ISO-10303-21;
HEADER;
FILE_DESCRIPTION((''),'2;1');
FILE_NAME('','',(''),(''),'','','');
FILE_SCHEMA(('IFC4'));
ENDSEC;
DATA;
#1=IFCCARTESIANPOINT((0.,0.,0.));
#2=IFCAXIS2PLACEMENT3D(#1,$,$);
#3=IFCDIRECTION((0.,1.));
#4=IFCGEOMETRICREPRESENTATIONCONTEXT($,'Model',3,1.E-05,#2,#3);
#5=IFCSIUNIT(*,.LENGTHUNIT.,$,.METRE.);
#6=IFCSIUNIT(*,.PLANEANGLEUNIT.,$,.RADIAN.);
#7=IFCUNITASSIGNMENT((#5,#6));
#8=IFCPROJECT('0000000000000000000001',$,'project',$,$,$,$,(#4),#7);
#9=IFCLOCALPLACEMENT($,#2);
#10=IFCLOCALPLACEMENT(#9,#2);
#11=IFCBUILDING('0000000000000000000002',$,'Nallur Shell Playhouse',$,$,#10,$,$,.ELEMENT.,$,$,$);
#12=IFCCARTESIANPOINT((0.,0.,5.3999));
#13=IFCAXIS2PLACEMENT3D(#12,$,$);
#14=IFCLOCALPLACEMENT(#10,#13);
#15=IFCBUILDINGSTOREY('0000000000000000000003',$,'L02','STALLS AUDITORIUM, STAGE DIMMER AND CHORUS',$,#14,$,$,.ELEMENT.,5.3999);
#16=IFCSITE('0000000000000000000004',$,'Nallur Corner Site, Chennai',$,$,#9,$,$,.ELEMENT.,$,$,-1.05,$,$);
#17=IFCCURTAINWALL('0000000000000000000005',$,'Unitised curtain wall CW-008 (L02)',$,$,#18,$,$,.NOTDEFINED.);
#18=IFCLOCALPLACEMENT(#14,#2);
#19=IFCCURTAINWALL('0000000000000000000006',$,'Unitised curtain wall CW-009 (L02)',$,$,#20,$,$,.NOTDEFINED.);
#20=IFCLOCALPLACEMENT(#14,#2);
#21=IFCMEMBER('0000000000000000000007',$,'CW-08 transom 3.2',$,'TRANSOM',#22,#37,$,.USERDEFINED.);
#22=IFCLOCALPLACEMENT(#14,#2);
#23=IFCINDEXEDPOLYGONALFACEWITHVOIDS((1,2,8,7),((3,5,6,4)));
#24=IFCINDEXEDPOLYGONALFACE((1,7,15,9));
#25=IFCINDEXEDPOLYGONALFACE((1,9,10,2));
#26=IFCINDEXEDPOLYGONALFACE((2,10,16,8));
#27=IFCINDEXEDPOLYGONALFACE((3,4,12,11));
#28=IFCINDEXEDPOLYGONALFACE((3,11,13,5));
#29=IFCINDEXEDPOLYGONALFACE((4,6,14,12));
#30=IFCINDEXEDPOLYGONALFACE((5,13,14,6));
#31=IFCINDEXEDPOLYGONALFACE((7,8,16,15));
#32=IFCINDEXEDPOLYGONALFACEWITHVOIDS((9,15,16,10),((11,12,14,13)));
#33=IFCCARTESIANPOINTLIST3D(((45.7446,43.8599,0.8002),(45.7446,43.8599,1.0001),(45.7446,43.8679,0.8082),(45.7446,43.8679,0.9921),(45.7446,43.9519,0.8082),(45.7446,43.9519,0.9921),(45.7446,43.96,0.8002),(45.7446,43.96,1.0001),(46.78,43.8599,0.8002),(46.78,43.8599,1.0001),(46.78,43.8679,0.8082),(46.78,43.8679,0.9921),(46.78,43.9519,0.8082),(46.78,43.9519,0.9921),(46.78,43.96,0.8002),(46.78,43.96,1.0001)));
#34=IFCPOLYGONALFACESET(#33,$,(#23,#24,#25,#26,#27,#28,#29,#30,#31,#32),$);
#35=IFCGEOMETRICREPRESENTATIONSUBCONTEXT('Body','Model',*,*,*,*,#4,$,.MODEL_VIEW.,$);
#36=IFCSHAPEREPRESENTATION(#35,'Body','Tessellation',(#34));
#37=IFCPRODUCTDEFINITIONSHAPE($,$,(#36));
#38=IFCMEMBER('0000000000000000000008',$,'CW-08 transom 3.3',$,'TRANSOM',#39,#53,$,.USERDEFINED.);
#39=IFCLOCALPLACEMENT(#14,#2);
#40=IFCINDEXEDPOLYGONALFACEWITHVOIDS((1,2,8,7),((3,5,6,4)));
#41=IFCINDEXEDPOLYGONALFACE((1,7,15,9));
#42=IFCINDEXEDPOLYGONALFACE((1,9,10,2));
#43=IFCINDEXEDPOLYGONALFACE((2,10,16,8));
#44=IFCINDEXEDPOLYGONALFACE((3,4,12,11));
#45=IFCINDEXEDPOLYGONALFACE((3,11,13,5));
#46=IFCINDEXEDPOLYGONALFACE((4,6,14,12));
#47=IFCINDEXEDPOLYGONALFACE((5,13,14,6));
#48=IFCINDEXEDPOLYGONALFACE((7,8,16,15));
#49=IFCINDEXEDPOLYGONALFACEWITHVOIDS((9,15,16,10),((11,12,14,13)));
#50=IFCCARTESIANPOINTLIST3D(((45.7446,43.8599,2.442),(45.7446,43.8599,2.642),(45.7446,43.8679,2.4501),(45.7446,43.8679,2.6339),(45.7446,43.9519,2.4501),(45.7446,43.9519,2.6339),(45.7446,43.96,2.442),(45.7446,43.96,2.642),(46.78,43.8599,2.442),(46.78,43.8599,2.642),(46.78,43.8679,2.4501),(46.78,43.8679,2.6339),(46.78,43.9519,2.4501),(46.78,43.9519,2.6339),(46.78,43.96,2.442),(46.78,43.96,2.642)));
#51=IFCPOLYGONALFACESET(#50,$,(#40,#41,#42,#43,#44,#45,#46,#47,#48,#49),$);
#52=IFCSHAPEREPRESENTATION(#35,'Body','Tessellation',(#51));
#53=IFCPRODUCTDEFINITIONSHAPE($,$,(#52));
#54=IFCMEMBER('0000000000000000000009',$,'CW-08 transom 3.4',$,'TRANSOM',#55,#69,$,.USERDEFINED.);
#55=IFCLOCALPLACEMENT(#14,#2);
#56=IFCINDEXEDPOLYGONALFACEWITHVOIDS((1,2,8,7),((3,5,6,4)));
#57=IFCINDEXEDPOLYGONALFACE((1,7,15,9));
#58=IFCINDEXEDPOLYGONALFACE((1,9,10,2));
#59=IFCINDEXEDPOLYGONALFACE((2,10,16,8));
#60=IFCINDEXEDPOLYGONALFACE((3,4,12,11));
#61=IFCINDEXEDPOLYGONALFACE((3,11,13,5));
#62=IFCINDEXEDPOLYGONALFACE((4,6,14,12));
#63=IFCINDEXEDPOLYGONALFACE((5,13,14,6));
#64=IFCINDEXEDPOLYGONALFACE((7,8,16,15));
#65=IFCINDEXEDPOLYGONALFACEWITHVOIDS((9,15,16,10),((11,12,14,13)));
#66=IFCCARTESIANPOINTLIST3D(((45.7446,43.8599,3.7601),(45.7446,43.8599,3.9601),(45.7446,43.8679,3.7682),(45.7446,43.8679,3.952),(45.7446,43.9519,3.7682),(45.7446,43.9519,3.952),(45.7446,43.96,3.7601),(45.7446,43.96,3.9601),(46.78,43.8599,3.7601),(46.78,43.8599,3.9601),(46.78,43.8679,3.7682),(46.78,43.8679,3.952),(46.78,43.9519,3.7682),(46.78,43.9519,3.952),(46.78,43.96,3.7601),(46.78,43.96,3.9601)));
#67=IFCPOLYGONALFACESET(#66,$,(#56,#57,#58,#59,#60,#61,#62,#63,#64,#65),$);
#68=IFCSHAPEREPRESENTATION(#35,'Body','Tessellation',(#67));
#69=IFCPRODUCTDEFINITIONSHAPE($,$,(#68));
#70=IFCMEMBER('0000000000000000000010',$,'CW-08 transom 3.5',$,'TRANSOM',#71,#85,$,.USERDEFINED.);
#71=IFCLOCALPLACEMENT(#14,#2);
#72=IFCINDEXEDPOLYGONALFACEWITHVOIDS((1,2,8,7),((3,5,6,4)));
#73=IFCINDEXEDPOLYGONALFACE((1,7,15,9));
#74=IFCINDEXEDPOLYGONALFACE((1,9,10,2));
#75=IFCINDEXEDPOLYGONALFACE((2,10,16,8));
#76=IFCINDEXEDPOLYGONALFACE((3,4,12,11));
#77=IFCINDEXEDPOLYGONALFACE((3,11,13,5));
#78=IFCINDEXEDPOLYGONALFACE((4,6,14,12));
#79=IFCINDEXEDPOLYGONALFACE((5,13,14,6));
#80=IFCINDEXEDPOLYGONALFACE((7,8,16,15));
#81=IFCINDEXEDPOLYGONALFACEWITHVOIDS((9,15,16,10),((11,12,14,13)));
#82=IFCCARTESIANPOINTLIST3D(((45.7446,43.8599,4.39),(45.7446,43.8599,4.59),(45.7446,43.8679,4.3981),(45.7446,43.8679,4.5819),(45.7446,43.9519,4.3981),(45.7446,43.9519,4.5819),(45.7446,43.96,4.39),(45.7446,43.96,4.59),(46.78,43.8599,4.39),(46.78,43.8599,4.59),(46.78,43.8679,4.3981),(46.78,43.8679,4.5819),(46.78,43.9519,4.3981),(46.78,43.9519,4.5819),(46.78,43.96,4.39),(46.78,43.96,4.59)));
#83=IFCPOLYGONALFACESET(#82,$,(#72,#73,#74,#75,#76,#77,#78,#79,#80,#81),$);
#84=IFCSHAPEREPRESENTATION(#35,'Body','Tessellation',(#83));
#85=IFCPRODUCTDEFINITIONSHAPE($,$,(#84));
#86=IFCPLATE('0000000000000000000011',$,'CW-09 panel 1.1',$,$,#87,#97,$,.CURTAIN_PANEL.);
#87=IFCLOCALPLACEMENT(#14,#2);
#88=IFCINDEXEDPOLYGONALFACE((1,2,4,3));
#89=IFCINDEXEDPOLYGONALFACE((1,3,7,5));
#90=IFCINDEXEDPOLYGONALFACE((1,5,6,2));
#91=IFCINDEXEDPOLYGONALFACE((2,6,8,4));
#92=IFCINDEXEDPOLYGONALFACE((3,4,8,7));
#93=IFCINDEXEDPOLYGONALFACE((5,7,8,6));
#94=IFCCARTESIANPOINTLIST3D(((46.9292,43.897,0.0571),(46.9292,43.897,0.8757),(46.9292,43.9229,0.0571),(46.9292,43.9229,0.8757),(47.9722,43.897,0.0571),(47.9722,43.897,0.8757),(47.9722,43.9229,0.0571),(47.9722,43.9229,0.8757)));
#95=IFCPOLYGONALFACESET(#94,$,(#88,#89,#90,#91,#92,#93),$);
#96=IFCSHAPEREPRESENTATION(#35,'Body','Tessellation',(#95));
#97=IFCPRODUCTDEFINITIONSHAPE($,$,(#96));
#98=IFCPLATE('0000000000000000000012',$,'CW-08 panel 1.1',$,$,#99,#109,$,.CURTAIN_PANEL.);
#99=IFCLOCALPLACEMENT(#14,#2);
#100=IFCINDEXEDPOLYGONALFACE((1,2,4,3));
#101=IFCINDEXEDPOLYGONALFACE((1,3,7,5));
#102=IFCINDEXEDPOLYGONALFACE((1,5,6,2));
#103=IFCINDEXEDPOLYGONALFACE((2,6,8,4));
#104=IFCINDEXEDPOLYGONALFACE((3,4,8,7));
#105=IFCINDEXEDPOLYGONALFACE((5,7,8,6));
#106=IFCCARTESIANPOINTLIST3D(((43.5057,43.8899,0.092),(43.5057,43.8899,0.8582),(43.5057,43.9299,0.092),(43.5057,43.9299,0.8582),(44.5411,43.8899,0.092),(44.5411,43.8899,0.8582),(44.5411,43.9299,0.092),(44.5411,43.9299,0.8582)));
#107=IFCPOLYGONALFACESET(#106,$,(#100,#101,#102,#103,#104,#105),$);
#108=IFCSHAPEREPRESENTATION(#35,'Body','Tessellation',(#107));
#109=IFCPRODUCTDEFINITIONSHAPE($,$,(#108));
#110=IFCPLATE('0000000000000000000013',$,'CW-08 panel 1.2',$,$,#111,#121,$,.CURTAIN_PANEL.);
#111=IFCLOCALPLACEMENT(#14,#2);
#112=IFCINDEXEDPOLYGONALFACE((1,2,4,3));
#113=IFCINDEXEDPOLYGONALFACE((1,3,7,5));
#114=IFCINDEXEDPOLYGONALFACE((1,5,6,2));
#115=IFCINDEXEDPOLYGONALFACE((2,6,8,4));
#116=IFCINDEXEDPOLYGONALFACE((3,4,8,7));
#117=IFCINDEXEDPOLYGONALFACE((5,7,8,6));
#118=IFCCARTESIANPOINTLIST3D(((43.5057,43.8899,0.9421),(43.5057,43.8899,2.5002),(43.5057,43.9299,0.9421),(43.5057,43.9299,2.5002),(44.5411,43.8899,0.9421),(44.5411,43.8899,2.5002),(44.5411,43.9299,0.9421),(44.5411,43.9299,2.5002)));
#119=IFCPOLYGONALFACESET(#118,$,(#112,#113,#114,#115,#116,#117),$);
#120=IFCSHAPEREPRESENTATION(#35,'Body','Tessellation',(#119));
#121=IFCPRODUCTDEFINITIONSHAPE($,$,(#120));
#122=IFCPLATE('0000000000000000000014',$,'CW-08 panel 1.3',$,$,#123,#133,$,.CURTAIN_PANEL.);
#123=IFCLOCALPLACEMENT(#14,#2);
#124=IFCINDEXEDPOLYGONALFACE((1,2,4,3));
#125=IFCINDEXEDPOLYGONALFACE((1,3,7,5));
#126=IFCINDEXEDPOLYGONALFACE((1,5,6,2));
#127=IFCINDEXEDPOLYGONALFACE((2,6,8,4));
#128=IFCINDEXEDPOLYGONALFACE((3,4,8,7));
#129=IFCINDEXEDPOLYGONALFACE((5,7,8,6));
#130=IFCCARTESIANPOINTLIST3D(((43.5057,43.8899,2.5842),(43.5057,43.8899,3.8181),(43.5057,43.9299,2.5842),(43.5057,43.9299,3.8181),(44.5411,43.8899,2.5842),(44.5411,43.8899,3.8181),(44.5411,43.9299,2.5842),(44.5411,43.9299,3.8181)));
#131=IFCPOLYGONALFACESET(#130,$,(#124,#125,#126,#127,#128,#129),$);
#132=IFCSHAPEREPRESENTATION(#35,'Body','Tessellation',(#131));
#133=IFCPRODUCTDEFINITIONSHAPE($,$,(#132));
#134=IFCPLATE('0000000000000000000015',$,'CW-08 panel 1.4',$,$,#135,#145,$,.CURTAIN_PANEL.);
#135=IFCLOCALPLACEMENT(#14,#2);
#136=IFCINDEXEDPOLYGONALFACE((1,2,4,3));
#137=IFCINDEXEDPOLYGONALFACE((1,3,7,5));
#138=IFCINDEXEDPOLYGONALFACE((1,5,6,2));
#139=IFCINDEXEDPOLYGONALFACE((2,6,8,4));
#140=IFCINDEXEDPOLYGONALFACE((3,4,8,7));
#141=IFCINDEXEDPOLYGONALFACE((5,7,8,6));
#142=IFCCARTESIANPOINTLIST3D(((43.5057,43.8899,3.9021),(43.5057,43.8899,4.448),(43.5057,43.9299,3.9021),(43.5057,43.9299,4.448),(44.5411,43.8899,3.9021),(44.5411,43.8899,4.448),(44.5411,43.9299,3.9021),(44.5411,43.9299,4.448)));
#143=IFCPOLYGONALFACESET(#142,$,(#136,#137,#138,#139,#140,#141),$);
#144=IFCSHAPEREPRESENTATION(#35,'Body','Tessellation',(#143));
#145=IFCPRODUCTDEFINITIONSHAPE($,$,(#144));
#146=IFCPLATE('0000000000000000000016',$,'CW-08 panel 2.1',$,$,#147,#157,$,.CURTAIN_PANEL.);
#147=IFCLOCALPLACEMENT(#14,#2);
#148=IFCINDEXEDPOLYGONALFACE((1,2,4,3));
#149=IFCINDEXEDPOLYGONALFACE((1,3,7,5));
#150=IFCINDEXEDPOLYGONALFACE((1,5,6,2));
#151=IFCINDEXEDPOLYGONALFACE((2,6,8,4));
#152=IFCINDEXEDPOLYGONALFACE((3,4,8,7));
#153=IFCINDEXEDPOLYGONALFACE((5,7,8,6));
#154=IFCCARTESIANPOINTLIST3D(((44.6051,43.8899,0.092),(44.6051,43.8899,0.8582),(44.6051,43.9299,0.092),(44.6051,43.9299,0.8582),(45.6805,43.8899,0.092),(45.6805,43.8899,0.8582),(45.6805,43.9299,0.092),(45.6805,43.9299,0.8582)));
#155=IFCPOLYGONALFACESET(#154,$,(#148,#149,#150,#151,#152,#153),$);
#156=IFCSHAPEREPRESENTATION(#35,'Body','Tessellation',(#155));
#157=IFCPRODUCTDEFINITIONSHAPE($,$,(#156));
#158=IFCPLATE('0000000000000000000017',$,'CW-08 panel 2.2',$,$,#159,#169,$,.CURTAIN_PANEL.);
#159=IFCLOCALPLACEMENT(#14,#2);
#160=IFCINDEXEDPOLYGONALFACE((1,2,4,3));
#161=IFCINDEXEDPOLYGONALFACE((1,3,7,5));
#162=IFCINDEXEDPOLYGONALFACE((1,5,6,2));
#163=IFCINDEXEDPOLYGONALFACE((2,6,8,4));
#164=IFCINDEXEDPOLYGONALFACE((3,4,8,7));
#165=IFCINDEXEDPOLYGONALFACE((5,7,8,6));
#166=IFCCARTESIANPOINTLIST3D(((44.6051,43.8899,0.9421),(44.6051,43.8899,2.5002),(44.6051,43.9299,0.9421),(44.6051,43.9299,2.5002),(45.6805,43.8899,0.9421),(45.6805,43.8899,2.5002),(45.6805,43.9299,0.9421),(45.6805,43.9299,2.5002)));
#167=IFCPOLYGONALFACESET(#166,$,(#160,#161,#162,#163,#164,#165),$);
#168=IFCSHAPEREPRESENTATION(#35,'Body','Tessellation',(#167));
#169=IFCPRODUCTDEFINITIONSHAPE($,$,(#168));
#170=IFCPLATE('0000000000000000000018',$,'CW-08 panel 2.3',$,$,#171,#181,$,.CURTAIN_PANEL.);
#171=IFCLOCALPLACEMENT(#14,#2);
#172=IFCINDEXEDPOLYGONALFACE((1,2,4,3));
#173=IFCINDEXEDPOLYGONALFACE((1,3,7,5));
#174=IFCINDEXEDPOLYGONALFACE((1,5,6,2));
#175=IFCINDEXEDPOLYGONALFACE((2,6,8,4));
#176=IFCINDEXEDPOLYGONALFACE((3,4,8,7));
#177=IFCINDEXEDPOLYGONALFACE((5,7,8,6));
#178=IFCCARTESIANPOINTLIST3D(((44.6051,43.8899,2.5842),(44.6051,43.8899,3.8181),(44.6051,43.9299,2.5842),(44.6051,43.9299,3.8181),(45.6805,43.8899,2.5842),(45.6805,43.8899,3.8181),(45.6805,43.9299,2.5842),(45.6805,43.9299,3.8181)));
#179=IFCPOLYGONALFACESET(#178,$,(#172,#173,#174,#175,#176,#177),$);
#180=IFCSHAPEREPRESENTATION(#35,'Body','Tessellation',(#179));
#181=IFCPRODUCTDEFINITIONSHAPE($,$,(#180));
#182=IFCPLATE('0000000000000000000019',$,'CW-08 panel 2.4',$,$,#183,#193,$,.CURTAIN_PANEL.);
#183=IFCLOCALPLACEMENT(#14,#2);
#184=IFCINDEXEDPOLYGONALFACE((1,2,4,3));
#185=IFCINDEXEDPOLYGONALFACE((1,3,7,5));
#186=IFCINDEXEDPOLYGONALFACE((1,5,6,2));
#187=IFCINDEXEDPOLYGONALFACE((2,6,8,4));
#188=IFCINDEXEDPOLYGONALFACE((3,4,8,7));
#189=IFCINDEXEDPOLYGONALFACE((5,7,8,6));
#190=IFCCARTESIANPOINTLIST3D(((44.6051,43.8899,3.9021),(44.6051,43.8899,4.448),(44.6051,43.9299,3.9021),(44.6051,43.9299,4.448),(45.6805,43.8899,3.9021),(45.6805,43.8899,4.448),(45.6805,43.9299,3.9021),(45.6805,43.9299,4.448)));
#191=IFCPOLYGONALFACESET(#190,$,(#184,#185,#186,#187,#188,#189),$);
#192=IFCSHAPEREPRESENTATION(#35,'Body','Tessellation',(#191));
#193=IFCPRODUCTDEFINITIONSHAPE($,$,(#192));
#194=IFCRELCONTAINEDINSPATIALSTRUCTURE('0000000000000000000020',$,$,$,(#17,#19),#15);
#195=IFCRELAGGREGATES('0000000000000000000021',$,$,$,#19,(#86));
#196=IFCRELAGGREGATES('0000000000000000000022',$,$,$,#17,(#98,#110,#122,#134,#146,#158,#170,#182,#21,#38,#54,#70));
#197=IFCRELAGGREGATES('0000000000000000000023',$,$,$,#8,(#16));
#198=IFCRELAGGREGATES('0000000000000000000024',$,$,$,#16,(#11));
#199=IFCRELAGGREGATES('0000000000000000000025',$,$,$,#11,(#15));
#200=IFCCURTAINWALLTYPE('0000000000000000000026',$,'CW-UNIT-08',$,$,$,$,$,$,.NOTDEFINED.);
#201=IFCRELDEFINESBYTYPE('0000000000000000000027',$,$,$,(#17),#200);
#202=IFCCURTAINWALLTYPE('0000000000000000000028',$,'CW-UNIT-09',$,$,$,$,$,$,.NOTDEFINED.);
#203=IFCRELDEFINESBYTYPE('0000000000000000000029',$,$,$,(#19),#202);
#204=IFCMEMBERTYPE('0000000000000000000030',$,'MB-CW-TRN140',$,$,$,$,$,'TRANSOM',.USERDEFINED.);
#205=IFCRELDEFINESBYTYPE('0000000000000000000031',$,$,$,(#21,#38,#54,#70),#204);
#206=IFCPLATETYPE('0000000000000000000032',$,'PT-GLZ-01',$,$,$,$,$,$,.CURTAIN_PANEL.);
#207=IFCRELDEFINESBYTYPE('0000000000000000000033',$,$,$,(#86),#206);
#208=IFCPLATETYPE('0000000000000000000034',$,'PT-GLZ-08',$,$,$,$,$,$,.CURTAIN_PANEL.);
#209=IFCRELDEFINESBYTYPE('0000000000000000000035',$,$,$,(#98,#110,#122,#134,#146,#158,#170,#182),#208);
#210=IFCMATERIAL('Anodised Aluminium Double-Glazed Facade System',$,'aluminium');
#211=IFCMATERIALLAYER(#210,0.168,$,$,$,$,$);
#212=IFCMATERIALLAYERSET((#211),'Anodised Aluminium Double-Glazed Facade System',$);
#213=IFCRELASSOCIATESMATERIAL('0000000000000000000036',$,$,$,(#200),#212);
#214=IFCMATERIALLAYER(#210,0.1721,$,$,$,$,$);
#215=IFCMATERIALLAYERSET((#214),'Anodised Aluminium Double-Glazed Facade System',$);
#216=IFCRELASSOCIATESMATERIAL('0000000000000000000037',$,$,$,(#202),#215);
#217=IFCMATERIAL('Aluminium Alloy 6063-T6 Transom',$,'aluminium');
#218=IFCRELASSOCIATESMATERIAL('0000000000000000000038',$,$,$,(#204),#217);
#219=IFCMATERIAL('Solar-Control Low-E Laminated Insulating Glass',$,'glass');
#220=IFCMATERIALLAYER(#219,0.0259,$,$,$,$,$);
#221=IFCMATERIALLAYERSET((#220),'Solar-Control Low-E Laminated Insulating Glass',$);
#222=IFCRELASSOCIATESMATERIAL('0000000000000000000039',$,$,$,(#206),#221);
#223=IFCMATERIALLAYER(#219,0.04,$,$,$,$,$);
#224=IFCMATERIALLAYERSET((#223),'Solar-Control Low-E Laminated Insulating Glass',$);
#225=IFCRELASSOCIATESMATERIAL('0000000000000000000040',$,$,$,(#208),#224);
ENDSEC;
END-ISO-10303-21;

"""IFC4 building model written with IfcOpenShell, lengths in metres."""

from ifc_helpers import new_model, si_unit, direction, frame, origin, origin_2d, place, context, subcontext, project, spatial, rectangle, hollow_rectangle, extrude, material, layer, layer_set, material_profile, profile_set, type_object, element, aggregate, save


model = new_model("IFC4")

# Units and contexts
model_context = context("Model", 3, precision=1e-05, world=origin(), true_north=direction((0.0, 1.0)))
body_context = subcontext(model_context, "Body", "Model", "MODEL_VIEW")
ifc_project = project(units=[si_unit("LENGTHUNIT", "METRE"), si_unit("PLANEANGLEUNIT", "RADIAN")], contexts=[model_context])

# Site, building, storey
site_placement = place(None, origin())
site = spatial("IfcSite", under=ifc_project, at=site_placement, Name="Nallur Corner Site, Chennai", CompositionType="ELEMENT", RefElevation=-1.05)
building_placement = place(site_placement, origin())
building = spatial("IfcBuilding", under=site, at=building_placement, Name="Nallur Shell Playhouse", CompositionType="ELEMENT")
storey_placement = place(building_placement, frame((0.0, 0.0, 5.3999)))
storey = spatial("IfcBuildingStorey", under=building, at=storey_placement, Name="L02", Description="STALLS AUDITORIUM, STAGE DIMMER AND CHORUS", CompositionType="ELEMENT", Elevation=5.3999)

# Curtain walls
ifc_material_1 = material(Name="Anodised Aluminium Double-Glazed Facade System", Category="aluminium")
ifc_layer_1 = layer(ifc_material_1, 0.168)
ifc_layer_set_1 = layer_set([ifc_layer_1], Name="Anodised Aluminium Double-Glazed Facade System")
curtain_wall_type_1 = type_object("IfcCurtainWallType", Name="CW-UNIT-08", PredefinedType="NOTDEFINED", material=ifc_layer_set_1)
curtain_wall_1_placement = place(storey_placement, origin())
curtain_wall_1 = element("IfcCurtainWall", 1, at=curtain_wall_1_placement, inside=storey, type_object=curtain_wall_type_1, Name="Unitised curtain wall CW-008 (L02)", PredefinedType="NOTDEFINED")
ifc_layer_2 = layer(ifc_material_1, 0.1721)
ifc_layer_set_2 = layer_set([ifc_layer_2], Name="Anodised Aluminium Double-Glazed Facade System")
curtain_wall_type_2 = type_object("IfcCurtainWallType", Name="CW-UNIT-09", PredefinedType="NOTDEFINED", material=ifc_layer_set_2)
curtain_wall_2_placement = place(storey_placement, origin())
curtain_wall_2 = element("IfcCurtainWall", 2, at=curtain_wall_2_placement, inside=storey, type_object=curtain_wall_type_2, Name="Unitised curtain wall CW-009 (L02)", PredefinedType="NOTDEFINED")
ifc_material_2 = material(Name="Aluminium Alloy 6063-T6 Transom", Category="aluminium")

# Members
ifc_material_profile_1 = material_profile(ifc_material_2, hollow_rectangle(XDim=0.1001, YDim=0.2, WallThickness=0.0081, at=origin_2d()), Name="RHS 200x100x8")
ifc_profile_set_1 = profile_set([ifc_material_profile_1], Name="Aluminium Alloy 6063-T6 Transom")
member_type_1 = type_object("IfcMemberType", Name="MB-CW-TRN140", ElementType="TRANSOM", PredefinedType="USERDEFINED", material=ifc_profile_set_1)
member_1_placement = place(storey_placement, frame((45.7446, 43.9099, 0.9001), z_axis=(1.0, 0.0, 0.0), x_axis=(0.0, 1.0, 0.0)))
member_1 = element("IfcMember", 3, at=member_1_placement, type_object=member_type_1, Name="CW-08 transom 3.2", ObjectType="TRANSOM", PredefinedType="USERDEFINED", context=body_context, shape_type="SweptSolid", body=[
    extrude(hollow_rectangle(XDim=0.1001, YDim=0.2, WallThickness=0.0081, at=origin_2d()), origin(), (0.0, 0.0, 1.0), 1.0354),
])
member_2_placement = place(storey_placement, frame((45.7446, 43.9099, 2.542), z_axis=(1.0, 0.0, 0.0), x_axis=(0.0, 1.0, 0.0)))
member_2 = element("IfcMember", 4, at=member_2_placement, type_object=member_type_1, Name="CW-08 transom 3.3", ObjectType="TRANSOM", PredefinedType="USERDEFINED", context=body_context, shape_type="SweptSolid", body=[
    extrude(hollow_rectangle(XDim=0.1001, YDim=0.2, WallThickness=0.0081, at=origin_2d()), origin(), (0.0, 0.0, 1.0), 1.0354),
])
member_3_placement = place(storey_placement, frame((45.7446, 43.9099, 3.8601), z_axis=(1.0, 0.0, 0.0), x_axis=(0.0, 1.0, 0.0)))
member_3 = element("IfcMember", 5, at=member_3_placement, type_object=member_type_1, Name="CW-08 transom 3.4", ObjectType="TRANSOM", PredefinedType="USERDEFINED", context=body_context, shape_type="SweptSolid", body=[
    extrude(hollow_rectangle(XDim=0.1001, YDim=0.2, WallThickness=0.0081, at=origin_2d()), origin(), (0.0, 0.0, 1.0), 1.0354),
])
member_4_placement = place(storey_placement, frame((45.7446, 43.9099, 4.49), z_axis=(1.0, 0.0, 0.0), x_axis=(0.0, 1.0, 0.0)))
member_4 = element("IfcMember", 6, at=member_4_placement, type_object=member_type_1, Name="CW-08 transom 3.5", ObjectType="TRANSOM", PredefinedType="USERDEFINED", context=body_context, shape_type="SweptSolid", body=[
    extrude(hollow_rectangle(XDim=0.1001, YDim=0.2, WallThickness=0.0081, at=origin_2d()), origin(), (0.0, 0.0, 1.0), 1.0354),
])

# Plates
ifc_material_3 = material(Name="Solar-Control Low-E Laminated Insulating Glass", Category="glass")
ifc_layer_3 = layer(ifc_material_3, 0.0259)
ifc_layer_set_3 = layer_set([ifc_layer_3], Name="Solar-Control Low-E Laminated Insulating Glass")
plate_type_1 = type_object("IfcPlateType", Name="PT-GLZ-01", PredefinedType="CURTAIN_PANEL", material=ifc_layer_set_3)
plate_1_placement = place(storey_placement, frame((47.4507, 43.9099, 0.0571), z_axis=(0.0, 0.0, 1.0), x_axis=(1.0, 0.0, 0.0)))
plate_1 = element("IfcPlate", 7, at=plate_1_placement, type_object=plate_type_1, Name="CW-09 panel 1.1", PredefinedType="CURTAIN_PANEL", context=body_context, shape_type="SweptSolid", body=[
    extrude(rectangle(XDim=1.043, YDim=0.0259, at=origin_2d()), origin(), (0.0, 0.0, 1.0), 0.8186),
])
aggregate(curtain_wall_2, [plate_1])
ifc_layer_4 = layer(ifc_material_3, 0.04)
ifc_layer_set_4 = layer_set([ifc_layer_4], Name="Solar-Control Low-E Laminated Insulating Glass")
plate_type_2 = type_object("IfcPlateType", Name="PT-GLZ-08", PredefinedType="CURTAIN_PANEL", material=ifc_layer_set_4)
plate_2_placement = place(storey_placement, frame((44.0234, 43.9099, 0.092), z_axis=(0.0, 0.0, 1.0), x_axis=(1.0, 0.0, 0.0)))
plate_2 = element("IfcPlate", 8, at=plate_2_placement, type_object=plate_type_2, Name="CW-08 panel 1.1", PredefinedType="CURTAIN_PANEL", context=body_context, shape_type="SweptSolid", body=[
    extrude(rectangle(XDim=1.0354, YDim=0.04, at=origin_2d()), origin(), (0.0, 0.0, 1.0), 0.7661),
])
plate_3_placement = place(storey_placement, frame((44.0234, 43.9099, 0.9421), z_axis=(0.0, 0.0, 1.0), x_axis=(1.0, 0.0, 0.0)))
plate_3 = element("IfcPlate", 9, at=plate_3_placement, type_object=plate_type_2, Name="CW-08 panel 1.2", PredefinedType="CURTAIN_PANEL", context=body_context, shape_type="SweptSolid", body=[
    extrude(rectangle(XDim=1.0354, YDim=0.04, at=origin_2d()), origin(), (0.0, 0.0, 1.0), 1.5581),
])
plate_4_placement = place(storey_placement, frame((44.0234, 43.9099, 2.5842), z_axis=(0.0, 0.0, 1.0), x_axis=(1.0, 0.0, 0.0)))
plate_4 = element("IfcPlate", 10, at=plate_4_placement, type_object=plate_type_2, Name="CW-08 panel 1.3", PredefinedType="CURTAIN_PANEL", context=body_context, shape_type="SweptSolid", body=[
    extrude(rectangle(XDim=1.0354, YDim=0.04, at=origin_2d()), origin(), (0.0, 0.0, 1.0), 1.2339),
])
plate_5_placement = place(storey_placement, frame((44.0234, 43.9099, 3.9021), z_axis=(0.0, 0.0, 1.0), x_axis=(1.0, 0.0, 0.0)))
plate_5 = element("IfcPlate", 11, at=plate_5_placement, type_object=plate_type_2, Name="CW-08 panel 1.4", PredefinedType="CURTAIN_PANEL", context=body_context, shape_type="SweptSolid", body=[
    extrude(rectangle(XDim=1.0354, YDim=0.04, at=origin_2d()), origin(), (0.0, 0.0, 1.0), 0.5459),
])
plate_6_placement = place(storey_placement, frame((45.1428, 43.9099, 0.092), z_axis=(0.0, 0.0, 1.0), x_axis=(1.0, 0.0, 0.0)))
plate_6 = element("IfcPlate", 12, at=plate_6_placement, type_object=plate_type_2, Name="CW-08 panel 2.1", PredefinedType="CURTAIN_PANEL", context=body_context, shape_type="SweptSolid", body=[
    extrude(rectangle(XDim=1.0754, YDim=0.04, at=origin_2d()), origin(), (0.0, 0.0, 1.0), 0.7661),
])
plate_7_placement = place(storey_placement, frame((45.1428, 43.9099, 0.9421), z_axis=(0.0, 0.0, 1.0), x_axis=(1.0, 0.0, 0.0)))
plate_7 = element("IfcPlate", 13, at=plate_7_placement, type_object=plate_type_2, Name="CW-08 panel 2.2", PredefinedType="CURTAIN_PANEL", context=body_context, shape_type="SweptSolid", body=[
    extrude(rectangle(XDim=1.0754, YDim=0.04, at=origin_2d()), origin(), (0.0, 0.0, 1.0), 1.5581),
])
plate_8_placement = place(storey_placement, frame((45.1428, 43.9099, 2.5842), z_axis=(0.0, 0.0, 1.0), x_axis=(1.0, 0.0, 0.0)))
plate_8 = element("IfcPlate", 14, at=plate_8_placement, type_object=plate_type_2, Name="CW-08 panel 2.3", PredefinedType="CURTAIN_PANEL", context=body_context, shape_type="SweptSolid", body=[
    extrude(rectangle(XDim=1.0754, YDim=0.04, at=origin_2d()), origin(), (0.0, 0.0, 1.0), 1.2339),
])
plate_9_placement = place(storey_placement, frame((45.1428, 43.9099, 3.9021), z_axis=(0.0, 0.0, 1.0), x_axis=(1.0, 0.0, 0.0)))
plate_9 = element("IfcPlate", 15, at=plate_9_placement, type_object=plate_type_2, Name="CW-08 panel 2.4", PredefinedType="CURTAIN_PANEL", context=body_context, shape_type="SweptSolid", body=[
    extrude(rectangle(XDim=1.0754, YDim=0.04, at=origin_2d()), origin(), (0.0, 0.0, 1.0), 0.5459),
])
aggregate(curtain_wall_1, [plate_2, plate_3, plate_4, plate_5, plate_6, plate_7, plate_8, plate_9, member_1, member_2, member_3, member_4])

save(model, "model.ifc")
